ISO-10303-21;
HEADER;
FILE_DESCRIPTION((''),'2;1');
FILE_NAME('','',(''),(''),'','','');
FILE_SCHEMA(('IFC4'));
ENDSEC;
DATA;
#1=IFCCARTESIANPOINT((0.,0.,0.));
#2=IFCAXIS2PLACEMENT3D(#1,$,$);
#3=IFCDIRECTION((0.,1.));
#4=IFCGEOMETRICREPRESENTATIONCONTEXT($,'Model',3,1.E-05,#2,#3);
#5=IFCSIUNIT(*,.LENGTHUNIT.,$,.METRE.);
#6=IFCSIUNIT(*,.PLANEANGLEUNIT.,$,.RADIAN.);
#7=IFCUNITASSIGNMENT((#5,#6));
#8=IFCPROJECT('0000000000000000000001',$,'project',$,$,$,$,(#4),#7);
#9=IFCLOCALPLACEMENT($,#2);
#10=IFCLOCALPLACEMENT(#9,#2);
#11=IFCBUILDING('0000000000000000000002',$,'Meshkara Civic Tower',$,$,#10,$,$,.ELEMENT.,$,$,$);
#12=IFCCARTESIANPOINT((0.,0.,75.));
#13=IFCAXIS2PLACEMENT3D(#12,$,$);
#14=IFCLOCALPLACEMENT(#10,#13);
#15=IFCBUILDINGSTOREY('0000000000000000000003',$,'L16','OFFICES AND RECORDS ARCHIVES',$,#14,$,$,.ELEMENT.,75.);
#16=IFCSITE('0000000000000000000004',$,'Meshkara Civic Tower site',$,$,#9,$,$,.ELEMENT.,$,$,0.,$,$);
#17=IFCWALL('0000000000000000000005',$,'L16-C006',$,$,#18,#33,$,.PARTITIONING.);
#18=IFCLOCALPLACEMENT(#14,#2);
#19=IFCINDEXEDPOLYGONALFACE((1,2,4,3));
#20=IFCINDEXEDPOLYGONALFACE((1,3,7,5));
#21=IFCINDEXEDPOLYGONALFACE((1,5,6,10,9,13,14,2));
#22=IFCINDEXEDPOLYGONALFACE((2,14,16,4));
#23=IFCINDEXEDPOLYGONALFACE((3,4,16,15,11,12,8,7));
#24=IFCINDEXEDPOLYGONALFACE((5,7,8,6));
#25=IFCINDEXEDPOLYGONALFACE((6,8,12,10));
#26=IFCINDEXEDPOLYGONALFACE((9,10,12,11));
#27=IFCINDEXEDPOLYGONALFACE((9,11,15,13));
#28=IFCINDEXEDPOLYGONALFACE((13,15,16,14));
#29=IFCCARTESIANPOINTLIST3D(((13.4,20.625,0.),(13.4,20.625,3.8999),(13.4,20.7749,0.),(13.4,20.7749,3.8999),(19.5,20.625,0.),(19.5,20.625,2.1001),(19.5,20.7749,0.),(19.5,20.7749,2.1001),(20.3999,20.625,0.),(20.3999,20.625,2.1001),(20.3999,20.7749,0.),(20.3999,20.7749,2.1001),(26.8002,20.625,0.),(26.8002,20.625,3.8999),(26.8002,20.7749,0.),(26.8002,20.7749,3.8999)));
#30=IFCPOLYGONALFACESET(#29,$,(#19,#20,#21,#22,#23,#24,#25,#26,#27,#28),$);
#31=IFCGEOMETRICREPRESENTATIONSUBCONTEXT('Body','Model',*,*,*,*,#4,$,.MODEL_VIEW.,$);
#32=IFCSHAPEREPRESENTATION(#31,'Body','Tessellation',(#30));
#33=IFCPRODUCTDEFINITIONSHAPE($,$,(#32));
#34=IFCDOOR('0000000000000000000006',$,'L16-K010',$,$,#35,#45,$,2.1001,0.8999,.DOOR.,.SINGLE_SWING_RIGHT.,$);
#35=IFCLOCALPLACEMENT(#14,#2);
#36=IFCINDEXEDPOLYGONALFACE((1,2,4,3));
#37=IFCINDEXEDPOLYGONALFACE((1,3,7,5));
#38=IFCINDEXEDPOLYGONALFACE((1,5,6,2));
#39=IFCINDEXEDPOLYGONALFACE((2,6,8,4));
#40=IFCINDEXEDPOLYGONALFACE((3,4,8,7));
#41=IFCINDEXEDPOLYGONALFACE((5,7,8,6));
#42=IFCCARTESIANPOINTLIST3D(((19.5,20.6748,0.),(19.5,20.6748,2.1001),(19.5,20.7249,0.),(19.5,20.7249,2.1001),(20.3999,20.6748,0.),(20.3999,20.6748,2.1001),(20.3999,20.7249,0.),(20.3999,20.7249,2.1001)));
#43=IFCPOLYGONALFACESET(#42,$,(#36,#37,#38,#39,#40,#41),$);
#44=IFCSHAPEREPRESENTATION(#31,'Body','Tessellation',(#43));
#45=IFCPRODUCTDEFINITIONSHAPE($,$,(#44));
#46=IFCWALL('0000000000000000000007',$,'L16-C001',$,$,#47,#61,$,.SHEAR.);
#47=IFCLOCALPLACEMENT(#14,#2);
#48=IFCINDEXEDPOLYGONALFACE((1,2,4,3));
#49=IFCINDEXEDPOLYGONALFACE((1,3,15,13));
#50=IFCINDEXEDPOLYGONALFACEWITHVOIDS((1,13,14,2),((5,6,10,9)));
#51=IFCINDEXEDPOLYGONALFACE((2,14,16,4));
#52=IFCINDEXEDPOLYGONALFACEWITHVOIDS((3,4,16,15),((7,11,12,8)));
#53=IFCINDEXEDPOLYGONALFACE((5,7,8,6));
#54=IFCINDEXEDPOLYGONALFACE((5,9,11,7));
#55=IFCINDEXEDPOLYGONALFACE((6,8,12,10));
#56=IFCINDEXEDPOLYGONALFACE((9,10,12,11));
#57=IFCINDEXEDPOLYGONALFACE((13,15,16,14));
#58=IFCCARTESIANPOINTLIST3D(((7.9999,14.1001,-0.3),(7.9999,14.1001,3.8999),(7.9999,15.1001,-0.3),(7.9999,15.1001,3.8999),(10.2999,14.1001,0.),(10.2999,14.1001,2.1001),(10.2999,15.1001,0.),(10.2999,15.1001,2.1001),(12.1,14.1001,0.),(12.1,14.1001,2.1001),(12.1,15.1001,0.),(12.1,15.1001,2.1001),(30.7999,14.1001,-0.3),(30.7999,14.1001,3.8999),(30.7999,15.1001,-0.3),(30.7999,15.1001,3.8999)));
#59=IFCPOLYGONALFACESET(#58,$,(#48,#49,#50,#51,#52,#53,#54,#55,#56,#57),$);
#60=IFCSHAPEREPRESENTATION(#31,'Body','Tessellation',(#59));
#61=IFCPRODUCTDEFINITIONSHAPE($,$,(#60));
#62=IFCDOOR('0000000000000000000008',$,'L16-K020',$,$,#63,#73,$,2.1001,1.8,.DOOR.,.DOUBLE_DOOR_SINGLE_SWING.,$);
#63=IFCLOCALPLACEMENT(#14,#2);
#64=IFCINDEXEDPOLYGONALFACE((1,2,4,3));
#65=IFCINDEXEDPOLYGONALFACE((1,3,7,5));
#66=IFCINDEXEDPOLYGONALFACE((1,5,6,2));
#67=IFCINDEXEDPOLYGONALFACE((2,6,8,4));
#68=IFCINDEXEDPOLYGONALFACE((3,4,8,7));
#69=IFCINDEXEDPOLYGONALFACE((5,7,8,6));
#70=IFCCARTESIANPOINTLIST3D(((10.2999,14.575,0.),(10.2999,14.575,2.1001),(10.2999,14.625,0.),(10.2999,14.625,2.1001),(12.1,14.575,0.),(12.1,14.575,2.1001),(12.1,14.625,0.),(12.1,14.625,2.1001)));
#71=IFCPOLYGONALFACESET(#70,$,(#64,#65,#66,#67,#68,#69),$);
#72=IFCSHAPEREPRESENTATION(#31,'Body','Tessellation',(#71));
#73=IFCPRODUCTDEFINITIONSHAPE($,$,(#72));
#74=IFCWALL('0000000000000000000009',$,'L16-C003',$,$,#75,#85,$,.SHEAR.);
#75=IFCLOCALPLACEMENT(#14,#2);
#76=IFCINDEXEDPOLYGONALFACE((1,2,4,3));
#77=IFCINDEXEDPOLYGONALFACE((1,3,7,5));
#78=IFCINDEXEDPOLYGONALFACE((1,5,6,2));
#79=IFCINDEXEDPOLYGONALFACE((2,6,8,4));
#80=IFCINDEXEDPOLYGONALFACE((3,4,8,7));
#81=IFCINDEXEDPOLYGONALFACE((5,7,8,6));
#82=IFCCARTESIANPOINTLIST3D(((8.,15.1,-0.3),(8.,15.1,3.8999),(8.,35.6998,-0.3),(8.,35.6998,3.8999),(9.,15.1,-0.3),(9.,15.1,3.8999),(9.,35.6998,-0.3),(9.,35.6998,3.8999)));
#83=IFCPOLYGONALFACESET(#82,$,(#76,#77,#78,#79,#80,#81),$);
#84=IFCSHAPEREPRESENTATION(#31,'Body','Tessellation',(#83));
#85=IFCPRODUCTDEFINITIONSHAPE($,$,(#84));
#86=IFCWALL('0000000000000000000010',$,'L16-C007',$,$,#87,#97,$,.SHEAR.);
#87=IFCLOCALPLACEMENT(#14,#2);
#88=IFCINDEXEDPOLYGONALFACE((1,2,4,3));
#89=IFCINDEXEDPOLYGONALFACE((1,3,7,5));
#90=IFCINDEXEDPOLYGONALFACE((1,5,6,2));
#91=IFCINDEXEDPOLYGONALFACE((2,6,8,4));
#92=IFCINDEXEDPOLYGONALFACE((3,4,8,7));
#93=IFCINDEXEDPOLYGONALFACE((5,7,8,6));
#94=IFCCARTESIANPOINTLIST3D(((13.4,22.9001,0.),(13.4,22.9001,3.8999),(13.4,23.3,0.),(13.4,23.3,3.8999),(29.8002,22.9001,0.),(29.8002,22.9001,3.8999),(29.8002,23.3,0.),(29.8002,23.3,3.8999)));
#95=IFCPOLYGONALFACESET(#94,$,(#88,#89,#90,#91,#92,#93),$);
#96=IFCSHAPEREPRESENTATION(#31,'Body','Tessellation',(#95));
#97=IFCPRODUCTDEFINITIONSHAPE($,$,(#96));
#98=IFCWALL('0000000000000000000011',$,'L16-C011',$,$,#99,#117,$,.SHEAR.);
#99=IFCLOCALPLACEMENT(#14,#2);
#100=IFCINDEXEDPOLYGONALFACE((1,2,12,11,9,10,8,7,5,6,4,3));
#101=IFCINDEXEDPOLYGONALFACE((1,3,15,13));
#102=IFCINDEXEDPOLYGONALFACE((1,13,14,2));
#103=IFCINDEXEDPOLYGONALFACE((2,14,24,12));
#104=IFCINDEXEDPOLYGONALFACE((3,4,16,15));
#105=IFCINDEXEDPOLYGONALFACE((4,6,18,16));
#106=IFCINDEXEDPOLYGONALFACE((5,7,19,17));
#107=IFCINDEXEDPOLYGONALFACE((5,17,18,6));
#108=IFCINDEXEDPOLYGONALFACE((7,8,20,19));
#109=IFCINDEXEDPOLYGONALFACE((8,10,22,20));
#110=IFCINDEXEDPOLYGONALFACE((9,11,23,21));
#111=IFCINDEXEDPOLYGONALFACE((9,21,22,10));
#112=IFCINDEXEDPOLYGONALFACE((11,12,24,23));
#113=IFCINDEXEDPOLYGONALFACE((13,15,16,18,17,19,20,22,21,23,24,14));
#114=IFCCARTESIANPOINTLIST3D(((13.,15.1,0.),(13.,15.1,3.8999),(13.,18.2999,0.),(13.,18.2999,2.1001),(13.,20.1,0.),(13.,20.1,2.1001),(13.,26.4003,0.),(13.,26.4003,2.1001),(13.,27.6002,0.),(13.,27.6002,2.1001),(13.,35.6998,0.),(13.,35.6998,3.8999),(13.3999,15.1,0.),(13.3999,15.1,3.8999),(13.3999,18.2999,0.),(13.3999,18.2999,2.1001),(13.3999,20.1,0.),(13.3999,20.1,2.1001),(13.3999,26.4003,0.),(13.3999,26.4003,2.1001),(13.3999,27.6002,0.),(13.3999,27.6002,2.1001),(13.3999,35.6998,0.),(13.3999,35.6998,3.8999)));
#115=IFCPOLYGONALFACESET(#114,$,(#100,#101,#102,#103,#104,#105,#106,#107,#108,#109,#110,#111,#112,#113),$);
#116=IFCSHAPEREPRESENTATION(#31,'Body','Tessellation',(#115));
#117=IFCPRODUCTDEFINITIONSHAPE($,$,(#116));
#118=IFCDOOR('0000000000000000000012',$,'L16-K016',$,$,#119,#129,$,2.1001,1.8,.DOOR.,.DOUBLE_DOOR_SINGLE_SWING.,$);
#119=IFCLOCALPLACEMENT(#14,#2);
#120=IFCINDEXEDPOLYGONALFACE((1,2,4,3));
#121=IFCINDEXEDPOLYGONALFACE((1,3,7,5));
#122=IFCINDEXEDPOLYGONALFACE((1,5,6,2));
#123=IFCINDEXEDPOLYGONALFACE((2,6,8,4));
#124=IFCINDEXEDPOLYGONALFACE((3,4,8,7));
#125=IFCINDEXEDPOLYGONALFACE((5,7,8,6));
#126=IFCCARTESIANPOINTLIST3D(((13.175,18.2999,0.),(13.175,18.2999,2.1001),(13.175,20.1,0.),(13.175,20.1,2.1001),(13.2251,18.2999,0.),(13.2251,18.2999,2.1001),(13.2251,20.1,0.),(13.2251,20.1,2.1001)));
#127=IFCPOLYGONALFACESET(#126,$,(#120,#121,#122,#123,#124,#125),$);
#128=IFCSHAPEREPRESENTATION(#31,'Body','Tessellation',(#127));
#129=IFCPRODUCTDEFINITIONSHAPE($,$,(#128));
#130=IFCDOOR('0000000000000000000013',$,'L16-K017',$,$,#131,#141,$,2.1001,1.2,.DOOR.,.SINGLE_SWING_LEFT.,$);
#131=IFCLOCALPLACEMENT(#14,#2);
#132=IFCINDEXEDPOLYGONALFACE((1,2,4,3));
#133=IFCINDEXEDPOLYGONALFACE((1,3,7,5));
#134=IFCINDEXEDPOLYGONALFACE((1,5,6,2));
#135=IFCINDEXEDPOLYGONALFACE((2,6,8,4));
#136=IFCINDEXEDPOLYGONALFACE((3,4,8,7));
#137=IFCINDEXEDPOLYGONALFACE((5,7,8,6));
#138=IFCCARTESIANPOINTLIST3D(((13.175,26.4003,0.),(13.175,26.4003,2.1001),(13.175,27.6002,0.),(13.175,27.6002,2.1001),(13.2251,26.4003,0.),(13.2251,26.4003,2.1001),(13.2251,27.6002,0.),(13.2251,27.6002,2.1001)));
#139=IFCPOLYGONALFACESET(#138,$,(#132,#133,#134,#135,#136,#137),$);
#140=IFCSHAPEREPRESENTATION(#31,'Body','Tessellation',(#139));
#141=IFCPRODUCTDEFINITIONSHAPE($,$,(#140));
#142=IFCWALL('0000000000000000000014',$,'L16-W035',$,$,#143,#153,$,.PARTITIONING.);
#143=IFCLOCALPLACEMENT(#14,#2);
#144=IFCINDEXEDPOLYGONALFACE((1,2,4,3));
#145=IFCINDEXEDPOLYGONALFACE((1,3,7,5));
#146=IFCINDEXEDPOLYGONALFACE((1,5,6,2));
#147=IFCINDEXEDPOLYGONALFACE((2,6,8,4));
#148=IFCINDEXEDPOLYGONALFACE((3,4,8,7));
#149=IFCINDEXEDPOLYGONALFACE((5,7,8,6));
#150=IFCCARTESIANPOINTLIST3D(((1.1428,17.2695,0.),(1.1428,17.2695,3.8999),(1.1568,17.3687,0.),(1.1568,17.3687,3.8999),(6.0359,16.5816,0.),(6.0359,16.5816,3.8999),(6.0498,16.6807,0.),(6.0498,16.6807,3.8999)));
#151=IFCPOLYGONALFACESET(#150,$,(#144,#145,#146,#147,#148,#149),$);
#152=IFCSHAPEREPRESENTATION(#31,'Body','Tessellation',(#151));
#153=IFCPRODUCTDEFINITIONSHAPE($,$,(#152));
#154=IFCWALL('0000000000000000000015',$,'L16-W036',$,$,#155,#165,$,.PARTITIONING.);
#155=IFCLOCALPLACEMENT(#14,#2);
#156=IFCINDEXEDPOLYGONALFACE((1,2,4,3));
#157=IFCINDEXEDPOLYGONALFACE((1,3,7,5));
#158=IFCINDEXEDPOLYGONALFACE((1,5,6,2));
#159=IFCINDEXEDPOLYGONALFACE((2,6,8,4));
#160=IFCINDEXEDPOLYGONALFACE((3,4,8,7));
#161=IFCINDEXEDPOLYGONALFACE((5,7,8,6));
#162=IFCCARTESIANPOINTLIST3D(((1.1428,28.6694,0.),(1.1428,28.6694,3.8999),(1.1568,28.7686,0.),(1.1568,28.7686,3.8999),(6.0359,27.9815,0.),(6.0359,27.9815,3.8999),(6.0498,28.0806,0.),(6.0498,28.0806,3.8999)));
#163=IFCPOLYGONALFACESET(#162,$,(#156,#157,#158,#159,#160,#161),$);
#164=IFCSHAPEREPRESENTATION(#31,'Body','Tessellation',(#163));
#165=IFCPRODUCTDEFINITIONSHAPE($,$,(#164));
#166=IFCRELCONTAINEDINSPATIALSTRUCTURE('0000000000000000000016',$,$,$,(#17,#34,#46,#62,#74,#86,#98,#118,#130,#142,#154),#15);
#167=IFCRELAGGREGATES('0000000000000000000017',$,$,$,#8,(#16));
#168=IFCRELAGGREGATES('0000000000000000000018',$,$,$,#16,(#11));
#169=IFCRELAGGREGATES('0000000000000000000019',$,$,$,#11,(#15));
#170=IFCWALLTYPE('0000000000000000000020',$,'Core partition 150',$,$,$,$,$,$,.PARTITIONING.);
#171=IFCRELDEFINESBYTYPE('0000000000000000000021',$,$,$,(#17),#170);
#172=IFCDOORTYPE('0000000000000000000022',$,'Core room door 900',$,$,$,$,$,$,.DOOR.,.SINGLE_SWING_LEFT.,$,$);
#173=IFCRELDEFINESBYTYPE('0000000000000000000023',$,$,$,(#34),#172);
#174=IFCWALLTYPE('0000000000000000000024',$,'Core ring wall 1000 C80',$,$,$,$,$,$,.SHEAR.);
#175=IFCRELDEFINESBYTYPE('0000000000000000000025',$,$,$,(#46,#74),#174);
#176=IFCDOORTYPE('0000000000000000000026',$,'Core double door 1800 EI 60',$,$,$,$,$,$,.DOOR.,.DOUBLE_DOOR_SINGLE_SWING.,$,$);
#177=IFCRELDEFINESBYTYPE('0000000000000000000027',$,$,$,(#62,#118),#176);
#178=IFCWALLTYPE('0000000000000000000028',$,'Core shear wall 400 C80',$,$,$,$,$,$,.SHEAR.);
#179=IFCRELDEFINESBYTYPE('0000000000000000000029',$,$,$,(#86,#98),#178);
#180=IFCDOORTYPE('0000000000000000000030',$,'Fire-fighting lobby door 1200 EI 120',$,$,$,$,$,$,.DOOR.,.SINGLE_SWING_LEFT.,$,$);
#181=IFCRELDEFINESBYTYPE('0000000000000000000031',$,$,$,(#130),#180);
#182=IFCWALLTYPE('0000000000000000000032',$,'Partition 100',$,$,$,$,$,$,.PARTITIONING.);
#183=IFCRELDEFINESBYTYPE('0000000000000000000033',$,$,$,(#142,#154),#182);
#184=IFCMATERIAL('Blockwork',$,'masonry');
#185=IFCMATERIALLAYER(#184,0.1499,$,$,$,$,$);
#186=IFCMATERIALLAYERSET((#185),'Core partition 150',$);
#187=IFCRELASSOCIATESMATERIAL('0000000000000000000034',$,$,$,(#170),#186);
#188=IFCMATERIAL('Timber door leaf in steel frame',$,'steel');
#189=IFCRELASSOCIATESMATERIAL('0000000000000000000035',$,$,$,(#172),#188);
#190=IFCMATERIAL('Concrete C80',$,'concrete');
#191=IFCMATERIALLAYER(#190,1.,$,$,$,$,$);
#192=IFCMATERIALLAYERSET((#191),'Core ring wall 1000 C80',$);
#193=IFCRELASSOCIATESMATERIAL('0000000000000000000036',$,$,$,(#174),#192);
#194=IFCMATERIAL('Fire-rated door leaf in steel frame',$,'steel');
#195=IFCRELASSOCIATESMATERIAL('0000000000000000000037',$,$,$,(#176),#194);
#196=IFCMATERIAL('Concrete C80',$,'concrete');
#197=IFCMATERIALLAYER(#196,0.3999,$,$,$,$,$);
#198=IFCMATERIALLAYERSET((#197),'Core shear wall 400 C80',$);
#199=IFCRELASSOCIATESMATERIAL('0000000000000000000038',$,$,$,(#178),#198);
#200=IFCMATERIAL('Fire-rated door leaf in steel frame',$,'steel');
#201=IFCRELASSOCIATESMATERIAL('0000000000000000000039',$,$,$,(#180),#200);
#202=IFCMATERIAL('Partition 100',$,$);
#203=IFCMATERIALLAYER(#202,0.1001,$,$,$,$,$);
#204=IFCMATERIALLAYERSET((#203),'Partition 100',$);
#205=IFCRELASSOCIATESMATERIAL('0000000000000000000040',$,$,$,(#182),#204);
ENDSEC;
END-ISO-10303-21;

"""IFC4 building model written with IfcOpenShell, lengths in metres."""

from ifc_helpers import new_model, si_unit, direction, frame, frame_2d, origin, place, context, subcontext, project, spatial, rectangle, extrude, material, layer, layer_set, type_object, element, fill, save


model = new_model("IFC4")

# Units and contexts
model_context = context("Model", 3, precision=1e-05, world=origin(), true_north=direction((0.0, 1.0)))
body_context = subcontext(model_context, "Body", "Model", "MODEL_VIEW")
ifc_project = project(units=[si_unit("LENGTHUNIT", "METRE"), si_unit("PLANEANGLEUNIT", "RADIAN")], contexts=[model_context])

# Site, building, storey
site_placement = place(None, origin())
site = spatial("IfcSite", under=ifc_project, at=site_placement, Name="Meshkara Civic Tower site", CompositionType="ELEMENT", RefElevation=0.0)
building_placement = place(site_placement, origin())
building = spatial("IfcBuilding", under=site, at=building_placement, Name="Meshkara Civic Tower", CompositionType="ELEMENT")
storey_placement = place(building_placement, frame((0.0, 0.0, 75.0)))
storey = spatial("IfcBuildingStorey", under=building, at=storey_placement, Name="L16", Description="OFFICES AND RECORDS ARCHIVES", CompositionType="ELEMENT", Elevation=75.0)

# Walls, openings, doors
ifc_material_1 = material(Name="Blockwork", Category="masonry")
ifc_layer_1 = layer(ifc_material_1, 0.1499)
ifc_layer_set_1 = layer_set([ifc_layer_1], Name="Core partition 150")
wall_type_1 = type_object("IfcWallType", Name="Core partition 150", PredefinedType="PARTITIONING", material=ifc_layer_set_1)
wall_1_placement = place(storey_placement, frame((13.3999, 20.7, 0.0), z_axis=(0.0, 0.0, 1.0), x_axis=(1.0, 0.0, 0.0)))
wall_1 = element("IfcWall", 1, at=wall_1_placement, inside=storey, type_object=wall_type_1, Name="L16-C006", PredefinedType="PARTITIONING", context=body_context, shape_type="SweptSolid", body=[
    extrude(rectangle(XDim=13.4001, YDim=0.1499, at=frame_2d((6.7002, 0.0))), origin(), (0.0, 0.0, 1.0), 3.8999),
])
opening_1_placement = place(wall_1_placement, frame((6.1001, 0.0, 0.0)))
opening_1 = element("IfcOpeningElement", 2, at=opening_1_placement, cuts=wall_1, PredefinedType="OPENING", context=body_context, shape_type="SweptSolid", body=[
    extrude(rectangle(XDim=0.8999, YDim=2.1001, at=frame_2d((0.45, 1.05))), frame((0.0, 0.085, 0.0), z_axis=(0.0, -1.0, 0.0), x_axis=(1.0, 0.0, 0.0)), (0.0, 0.0, 1.0), 0.1699),
])
ifc_material_2 = material(Name="Timber door leaf in steel frame", Category="steel")
door_type_1 = type_object("IfcDoorType", Name="Core room door 900", OperationType="SINGLE_SWING_LEFT", PredefinedType="DOOR", material=ifc_material_2)
door_1_placement = place(opening_1_placement, origin())
door_1 = element("IfcDoor", 3, at=door_1_placement, inside=storey, type_object=door_type_1, Name="L16-K010", OperationType="SINGLE_SWING_RIGHT", OverallHeight=2.1001, OverallWidth=0.8999, PredefinedType="DOOR", context=body_context, shape_type="SweptSolid", body=[
    extrude(rectangle(XDim=0.8999, YDim=2.1001, at=frame_2d((0.45, 1.05))), frame((0.0, 0.0249, 0.0), z_axis=(0.0, -1.0, 0.0), x_axis=(1.0, 0.0, 0.0)), (0.0, 0.0, 1.0), 0.05),
])
fill(opening_1, door_1)
ifc_material_3 = material(Name="Concrete C80", Category="concrete")
ifc_layer_2 = layer(ifc_material_3, 1.0)
ifc_layer_set_2 = layer_set([ifc_layer_2], Name="Core ring wall 1000 C80")
wall_type_2 = type_object("IfcWallType", Name="Core ring wall 1000 C80", PredefinedType="SHEAR", material=ifc_layer_set_2)
wall_2_placement = place(storey_placement, frame((8.0, 14.6001, -0.3), z_axis=(0.0, 0.0, 1.0), x_axis=(1.0, 0.0, 0.0)))
wall_2 = element("IfcWall", 4, at=wall_2_placement, inside=storey, type_object=wall_type_2, Name="L16-C001", PredefinedType="SHEAR", context=body_context, shape_type="SweptSolid", body=[
    extrude(rectangle(XDim=22.8, YDim=1.0, at=frame_2d((11.3999, 0.0))), origin(), (0.0, 0.0, 1.0), 4.2),
])
opening_2_placement = place(wall_2_placement, frame((2.3, 0.0, 0.3)))
opening_2 = element("IfcOpeningElement", 5, at=opening_2_placement, cuts=wall_2, PredefinedType="OPENING", context=body_context, shape_type="SweptSolid", body=[
    extrude(rectangle(XDim=1.8, YDim=2.1001, at=frame_2d((0.8999, 1.05))), frame((0.0, 0.51, 0.0), z_axis=(0.0, -1.0, 0.0), x_axis=(1.0, 0.0, 0.0)), (0.0, 0.0, 1.0), 1.02),
])
ifc_material_4 = material(Name="Fire-rated door leaf in steel frame", Category="steel")
door_type_2 = type_object("IfcDoorType", Name="Core double door 1800 EI 60", OperationType="DOUBLE_DOOR_SINGLE_SWING", PredefinedType="DOOR", material=ifc_material_4)
door_2_placement = place(opening_2_placement, origin())
door_2 = element("IfcDoor", 6, at=door_2_placement, inside=storey, type_object=door_type_2, Name="L16-K020", OperationType="DOUBLE_DOOR_SINGLE_SWING", OverallHeight=2.1001, OverallWidth=1.8, PredefinedType="DOOR", context=body_context, shape_type="SweptSolid", body=[
    extrude(rectangle(XDim=1.8, YDim=2.1001, at=frame_2d((0.8999, 1.05))), frame((0.0, 0.0249, 0.0), z_axis=(0.0, -1.0, 0.0), x_axis=(1.0, 0.0, 0.0)), (0.0, 0.0, 1.0), 0.05),
])
fill(opening_2, door_2)

# Walls
wall_3_placement = place(storey_placement, frame((8.5, 15.1001, -0.3), z_axis=(0.0, 0.0, 1.0), x_axis=(0.0, 1.0, 0.0)))
element("IfcWall", 7, at=wall_3_placement, inside=storey, type_object=wall_type_2, Name="L16-C003", PredefinedType="SHEAR", context=body_context, shape_type="SweptSolid", body=[
    extrude(rectangle(XDim=20.5999, YDim=1.0, at=frame_2d((10.2998, 0.0))), origin(), (0.0, 0.0, 1.0), 4.2),
])
ifc_material_5 = material(Name="Concrete C80", Category="concrete")
ifc_layer_3 = layer(ifc_material_5, 0.3999)
ifc_layer_set_3 = layer_set([ifc_layer_3], Name="Core shear wall 400 C80")
wall_type_3 = type_object("IfcWallType", Name="Core shear wall 400 C80", PredefinedType="SHEAR", material=ifc_layer_set_3)
wall_4_placement = place(storey_placement, frame((13.3999, 23.1001, 0.0), z_axis=(0.0, 0.0, 1.0), x_axis=(1.0, 0.0, 0.0)))
element("IfcWall", 8, at=wall_4_placement, inside=storey, type_object=wall_type_3, Name="L16-C007", PredefinedType="SHEAR", context=body_context, shape_type="SweptSolid", body=[
    extrude(rectangle(XDim=16.4001, YDim=0.3999, at=frame_2d((8.2002, 0.0))), origin(), (0.0, 0.0, 1.0), 3.8999),
])

# Wall, openings, doors
wall_5_placement = place(storey_placement, frame((13.2, 15.1001, 0.0), z_axis=(0.0, 0.0, 1.0), x_axis=(0.0, 1.0, 0.0)))
wall_5 = element("IfcWall", 9, at=wall_5_placement, inside=storey, type_object=wall_type_3, Name="L16-C011", PredefinedType="SHEAR", context=body_context, shape_type="SweptSolid", body=[
    extrude(rectangle(XDim=20.5999, YDim=0.3999, at=frame_2d((10.2998, 0.0))), origin(), (0.0, 0.0, 1.0), 3.8999),
])
opening_3_placement = place(wall_5_placement, frame((3.2, 0.0, 0.0)))
opening_3 = element("IfcOpeningElement", 10, at=opening_3_placement, cuts=wall_5, PredefinedType="OPENING", context=body_context, shape_type="SweptSolid", body=[
    extrude(rectangle(XDim=1.8, YDim=2.1001, at=frame_2d((0.8999, 1.05))), frame((0.0, 0.21, 0.0), z_axis=(0.0, -1.0, 0.0), x_axis=(1.0, 0.0, 0.0)), (0.0, 0.0, 1.0), 0.4199),
])
opening_4_placement = place(wall_5_placement, frame((11.3, 0.0, 0.0)))
opening_4 = element("IfcOpeningElement", 11, at=opening_4_placement, cuts=wall_5, PredefinedType="OPENING", context=body_context, shape_type="SweptSolid", body=[
    extrude(rectangle(XDim=1.2, YDim=2.1001, at=frame_2d((0.6001, 1.05))), frame((0.0, 0.21, 0.0), z_axis=(0.0, -1.0, 0.0), x_axis=(1.0, 0.0, 0.0)), (0.0, 0.0, 1.0), 0.4199),
])
door_3_placement = place(opening_3_placement, origin())
door_3 = element("IfcDoor", 12, at=door_3_placement, inside=storey, type_object=door_type_2, Name="L16-K016", OperationType="DOUBLE_DOOR_SINGLE_SWING", OverallHeight=2.1001, OverallWidth=1.8, PredefinedType="DOOR", context=body_context, shape_type="SweptSolid", body=[
    extrude(rectangle(XDim=1.8, YDim=2.1001, at=frame_2d((0.8999, 1.05))), frame((0.0, 0.0249, 0.0), z_axis=(0.0, -1.0, 0.0), x_axis=(1.0, 0.0, 0.0)), (0.0, 0.0, 1.0), 0.05),
])
fill(opening_3, door_3)
ifc_material_6 = material(Name="Fire-rated door leaf in steel frame", Category="steel")
door_type_3 = type_object("IfcDoorType", Name="Fire-fighting lobby door 1200 EI 120", OperationType="SINGLE_SWING_LEFT", PredefinedType="DOOR", material=ifc_material_6)
door_4_placement = place(opening_4_placement, origin())
door_4 = element("IfcDoor", 13, at=door_4_placement, inside=storey, type_object=door_type_3, Name="L16-K017", OperationType="SINGLE_SWING_LEFT", OverallHeight=2.1001, OverallWidth=1.2, PredefinedType="DOOR", context=body_context, shape_type="SweptSolid", body=[
    extrude(rectangle(XDim=1.2, YDim=2.1001, at=frame_2d((0.6001, 1.05))), frame((0.0, 0.0249, 0.0), z_axis=(0.0, -1.0, 0.0), x_axis=(1.0, 0.0, 0.0)), (0.0, 0.0, 1.0), 0.05),
])
fill(opening_4, door_4)

# Walls
ifc_material_7 = material(Name="Partition 100")
ifc_layer_4 = layer(ifc_material_7, 0.1001)
ifc_layer_set_4 = layer_set([ifc_layer_4], Name="Partition 100")
wall_type_4 = type_object("IfcWallType", Name="Partition 100", PredefinedType="PARTITIONING", material=ifc_layer_set_4)
for number, where, z_axis, x_axis, name in (
    (14, (6.043, 16.6311, 0.0), (0.0, 0.0, 1.0), (-0.990259, 0.139235, 0.0), "L16-W035"),
    (15, (6.043, 28.031, 0.0), (0.0, 0.0, 1.0), (-0.990259, 0.139235, 0.0), "L16-W036"),
):
    element("IfcWall", number, at=place(storey_placement, frame(where, z_axis=z_axis, x_axis=x_axis)), inside=storey, type_object=wall_type_4, Name=name, PredefinedType="PARTITIONING", context=body_context, shape_type="SweptSolid", body=[
        extrude(rectangle(XDim=4.9412, YDim=0.1001, at=frame_2d((2.4707, 0.0))), origin(), (0.0, 0.0, 1.0), 3.8999),
    ])

save(model, "model.ifc")
